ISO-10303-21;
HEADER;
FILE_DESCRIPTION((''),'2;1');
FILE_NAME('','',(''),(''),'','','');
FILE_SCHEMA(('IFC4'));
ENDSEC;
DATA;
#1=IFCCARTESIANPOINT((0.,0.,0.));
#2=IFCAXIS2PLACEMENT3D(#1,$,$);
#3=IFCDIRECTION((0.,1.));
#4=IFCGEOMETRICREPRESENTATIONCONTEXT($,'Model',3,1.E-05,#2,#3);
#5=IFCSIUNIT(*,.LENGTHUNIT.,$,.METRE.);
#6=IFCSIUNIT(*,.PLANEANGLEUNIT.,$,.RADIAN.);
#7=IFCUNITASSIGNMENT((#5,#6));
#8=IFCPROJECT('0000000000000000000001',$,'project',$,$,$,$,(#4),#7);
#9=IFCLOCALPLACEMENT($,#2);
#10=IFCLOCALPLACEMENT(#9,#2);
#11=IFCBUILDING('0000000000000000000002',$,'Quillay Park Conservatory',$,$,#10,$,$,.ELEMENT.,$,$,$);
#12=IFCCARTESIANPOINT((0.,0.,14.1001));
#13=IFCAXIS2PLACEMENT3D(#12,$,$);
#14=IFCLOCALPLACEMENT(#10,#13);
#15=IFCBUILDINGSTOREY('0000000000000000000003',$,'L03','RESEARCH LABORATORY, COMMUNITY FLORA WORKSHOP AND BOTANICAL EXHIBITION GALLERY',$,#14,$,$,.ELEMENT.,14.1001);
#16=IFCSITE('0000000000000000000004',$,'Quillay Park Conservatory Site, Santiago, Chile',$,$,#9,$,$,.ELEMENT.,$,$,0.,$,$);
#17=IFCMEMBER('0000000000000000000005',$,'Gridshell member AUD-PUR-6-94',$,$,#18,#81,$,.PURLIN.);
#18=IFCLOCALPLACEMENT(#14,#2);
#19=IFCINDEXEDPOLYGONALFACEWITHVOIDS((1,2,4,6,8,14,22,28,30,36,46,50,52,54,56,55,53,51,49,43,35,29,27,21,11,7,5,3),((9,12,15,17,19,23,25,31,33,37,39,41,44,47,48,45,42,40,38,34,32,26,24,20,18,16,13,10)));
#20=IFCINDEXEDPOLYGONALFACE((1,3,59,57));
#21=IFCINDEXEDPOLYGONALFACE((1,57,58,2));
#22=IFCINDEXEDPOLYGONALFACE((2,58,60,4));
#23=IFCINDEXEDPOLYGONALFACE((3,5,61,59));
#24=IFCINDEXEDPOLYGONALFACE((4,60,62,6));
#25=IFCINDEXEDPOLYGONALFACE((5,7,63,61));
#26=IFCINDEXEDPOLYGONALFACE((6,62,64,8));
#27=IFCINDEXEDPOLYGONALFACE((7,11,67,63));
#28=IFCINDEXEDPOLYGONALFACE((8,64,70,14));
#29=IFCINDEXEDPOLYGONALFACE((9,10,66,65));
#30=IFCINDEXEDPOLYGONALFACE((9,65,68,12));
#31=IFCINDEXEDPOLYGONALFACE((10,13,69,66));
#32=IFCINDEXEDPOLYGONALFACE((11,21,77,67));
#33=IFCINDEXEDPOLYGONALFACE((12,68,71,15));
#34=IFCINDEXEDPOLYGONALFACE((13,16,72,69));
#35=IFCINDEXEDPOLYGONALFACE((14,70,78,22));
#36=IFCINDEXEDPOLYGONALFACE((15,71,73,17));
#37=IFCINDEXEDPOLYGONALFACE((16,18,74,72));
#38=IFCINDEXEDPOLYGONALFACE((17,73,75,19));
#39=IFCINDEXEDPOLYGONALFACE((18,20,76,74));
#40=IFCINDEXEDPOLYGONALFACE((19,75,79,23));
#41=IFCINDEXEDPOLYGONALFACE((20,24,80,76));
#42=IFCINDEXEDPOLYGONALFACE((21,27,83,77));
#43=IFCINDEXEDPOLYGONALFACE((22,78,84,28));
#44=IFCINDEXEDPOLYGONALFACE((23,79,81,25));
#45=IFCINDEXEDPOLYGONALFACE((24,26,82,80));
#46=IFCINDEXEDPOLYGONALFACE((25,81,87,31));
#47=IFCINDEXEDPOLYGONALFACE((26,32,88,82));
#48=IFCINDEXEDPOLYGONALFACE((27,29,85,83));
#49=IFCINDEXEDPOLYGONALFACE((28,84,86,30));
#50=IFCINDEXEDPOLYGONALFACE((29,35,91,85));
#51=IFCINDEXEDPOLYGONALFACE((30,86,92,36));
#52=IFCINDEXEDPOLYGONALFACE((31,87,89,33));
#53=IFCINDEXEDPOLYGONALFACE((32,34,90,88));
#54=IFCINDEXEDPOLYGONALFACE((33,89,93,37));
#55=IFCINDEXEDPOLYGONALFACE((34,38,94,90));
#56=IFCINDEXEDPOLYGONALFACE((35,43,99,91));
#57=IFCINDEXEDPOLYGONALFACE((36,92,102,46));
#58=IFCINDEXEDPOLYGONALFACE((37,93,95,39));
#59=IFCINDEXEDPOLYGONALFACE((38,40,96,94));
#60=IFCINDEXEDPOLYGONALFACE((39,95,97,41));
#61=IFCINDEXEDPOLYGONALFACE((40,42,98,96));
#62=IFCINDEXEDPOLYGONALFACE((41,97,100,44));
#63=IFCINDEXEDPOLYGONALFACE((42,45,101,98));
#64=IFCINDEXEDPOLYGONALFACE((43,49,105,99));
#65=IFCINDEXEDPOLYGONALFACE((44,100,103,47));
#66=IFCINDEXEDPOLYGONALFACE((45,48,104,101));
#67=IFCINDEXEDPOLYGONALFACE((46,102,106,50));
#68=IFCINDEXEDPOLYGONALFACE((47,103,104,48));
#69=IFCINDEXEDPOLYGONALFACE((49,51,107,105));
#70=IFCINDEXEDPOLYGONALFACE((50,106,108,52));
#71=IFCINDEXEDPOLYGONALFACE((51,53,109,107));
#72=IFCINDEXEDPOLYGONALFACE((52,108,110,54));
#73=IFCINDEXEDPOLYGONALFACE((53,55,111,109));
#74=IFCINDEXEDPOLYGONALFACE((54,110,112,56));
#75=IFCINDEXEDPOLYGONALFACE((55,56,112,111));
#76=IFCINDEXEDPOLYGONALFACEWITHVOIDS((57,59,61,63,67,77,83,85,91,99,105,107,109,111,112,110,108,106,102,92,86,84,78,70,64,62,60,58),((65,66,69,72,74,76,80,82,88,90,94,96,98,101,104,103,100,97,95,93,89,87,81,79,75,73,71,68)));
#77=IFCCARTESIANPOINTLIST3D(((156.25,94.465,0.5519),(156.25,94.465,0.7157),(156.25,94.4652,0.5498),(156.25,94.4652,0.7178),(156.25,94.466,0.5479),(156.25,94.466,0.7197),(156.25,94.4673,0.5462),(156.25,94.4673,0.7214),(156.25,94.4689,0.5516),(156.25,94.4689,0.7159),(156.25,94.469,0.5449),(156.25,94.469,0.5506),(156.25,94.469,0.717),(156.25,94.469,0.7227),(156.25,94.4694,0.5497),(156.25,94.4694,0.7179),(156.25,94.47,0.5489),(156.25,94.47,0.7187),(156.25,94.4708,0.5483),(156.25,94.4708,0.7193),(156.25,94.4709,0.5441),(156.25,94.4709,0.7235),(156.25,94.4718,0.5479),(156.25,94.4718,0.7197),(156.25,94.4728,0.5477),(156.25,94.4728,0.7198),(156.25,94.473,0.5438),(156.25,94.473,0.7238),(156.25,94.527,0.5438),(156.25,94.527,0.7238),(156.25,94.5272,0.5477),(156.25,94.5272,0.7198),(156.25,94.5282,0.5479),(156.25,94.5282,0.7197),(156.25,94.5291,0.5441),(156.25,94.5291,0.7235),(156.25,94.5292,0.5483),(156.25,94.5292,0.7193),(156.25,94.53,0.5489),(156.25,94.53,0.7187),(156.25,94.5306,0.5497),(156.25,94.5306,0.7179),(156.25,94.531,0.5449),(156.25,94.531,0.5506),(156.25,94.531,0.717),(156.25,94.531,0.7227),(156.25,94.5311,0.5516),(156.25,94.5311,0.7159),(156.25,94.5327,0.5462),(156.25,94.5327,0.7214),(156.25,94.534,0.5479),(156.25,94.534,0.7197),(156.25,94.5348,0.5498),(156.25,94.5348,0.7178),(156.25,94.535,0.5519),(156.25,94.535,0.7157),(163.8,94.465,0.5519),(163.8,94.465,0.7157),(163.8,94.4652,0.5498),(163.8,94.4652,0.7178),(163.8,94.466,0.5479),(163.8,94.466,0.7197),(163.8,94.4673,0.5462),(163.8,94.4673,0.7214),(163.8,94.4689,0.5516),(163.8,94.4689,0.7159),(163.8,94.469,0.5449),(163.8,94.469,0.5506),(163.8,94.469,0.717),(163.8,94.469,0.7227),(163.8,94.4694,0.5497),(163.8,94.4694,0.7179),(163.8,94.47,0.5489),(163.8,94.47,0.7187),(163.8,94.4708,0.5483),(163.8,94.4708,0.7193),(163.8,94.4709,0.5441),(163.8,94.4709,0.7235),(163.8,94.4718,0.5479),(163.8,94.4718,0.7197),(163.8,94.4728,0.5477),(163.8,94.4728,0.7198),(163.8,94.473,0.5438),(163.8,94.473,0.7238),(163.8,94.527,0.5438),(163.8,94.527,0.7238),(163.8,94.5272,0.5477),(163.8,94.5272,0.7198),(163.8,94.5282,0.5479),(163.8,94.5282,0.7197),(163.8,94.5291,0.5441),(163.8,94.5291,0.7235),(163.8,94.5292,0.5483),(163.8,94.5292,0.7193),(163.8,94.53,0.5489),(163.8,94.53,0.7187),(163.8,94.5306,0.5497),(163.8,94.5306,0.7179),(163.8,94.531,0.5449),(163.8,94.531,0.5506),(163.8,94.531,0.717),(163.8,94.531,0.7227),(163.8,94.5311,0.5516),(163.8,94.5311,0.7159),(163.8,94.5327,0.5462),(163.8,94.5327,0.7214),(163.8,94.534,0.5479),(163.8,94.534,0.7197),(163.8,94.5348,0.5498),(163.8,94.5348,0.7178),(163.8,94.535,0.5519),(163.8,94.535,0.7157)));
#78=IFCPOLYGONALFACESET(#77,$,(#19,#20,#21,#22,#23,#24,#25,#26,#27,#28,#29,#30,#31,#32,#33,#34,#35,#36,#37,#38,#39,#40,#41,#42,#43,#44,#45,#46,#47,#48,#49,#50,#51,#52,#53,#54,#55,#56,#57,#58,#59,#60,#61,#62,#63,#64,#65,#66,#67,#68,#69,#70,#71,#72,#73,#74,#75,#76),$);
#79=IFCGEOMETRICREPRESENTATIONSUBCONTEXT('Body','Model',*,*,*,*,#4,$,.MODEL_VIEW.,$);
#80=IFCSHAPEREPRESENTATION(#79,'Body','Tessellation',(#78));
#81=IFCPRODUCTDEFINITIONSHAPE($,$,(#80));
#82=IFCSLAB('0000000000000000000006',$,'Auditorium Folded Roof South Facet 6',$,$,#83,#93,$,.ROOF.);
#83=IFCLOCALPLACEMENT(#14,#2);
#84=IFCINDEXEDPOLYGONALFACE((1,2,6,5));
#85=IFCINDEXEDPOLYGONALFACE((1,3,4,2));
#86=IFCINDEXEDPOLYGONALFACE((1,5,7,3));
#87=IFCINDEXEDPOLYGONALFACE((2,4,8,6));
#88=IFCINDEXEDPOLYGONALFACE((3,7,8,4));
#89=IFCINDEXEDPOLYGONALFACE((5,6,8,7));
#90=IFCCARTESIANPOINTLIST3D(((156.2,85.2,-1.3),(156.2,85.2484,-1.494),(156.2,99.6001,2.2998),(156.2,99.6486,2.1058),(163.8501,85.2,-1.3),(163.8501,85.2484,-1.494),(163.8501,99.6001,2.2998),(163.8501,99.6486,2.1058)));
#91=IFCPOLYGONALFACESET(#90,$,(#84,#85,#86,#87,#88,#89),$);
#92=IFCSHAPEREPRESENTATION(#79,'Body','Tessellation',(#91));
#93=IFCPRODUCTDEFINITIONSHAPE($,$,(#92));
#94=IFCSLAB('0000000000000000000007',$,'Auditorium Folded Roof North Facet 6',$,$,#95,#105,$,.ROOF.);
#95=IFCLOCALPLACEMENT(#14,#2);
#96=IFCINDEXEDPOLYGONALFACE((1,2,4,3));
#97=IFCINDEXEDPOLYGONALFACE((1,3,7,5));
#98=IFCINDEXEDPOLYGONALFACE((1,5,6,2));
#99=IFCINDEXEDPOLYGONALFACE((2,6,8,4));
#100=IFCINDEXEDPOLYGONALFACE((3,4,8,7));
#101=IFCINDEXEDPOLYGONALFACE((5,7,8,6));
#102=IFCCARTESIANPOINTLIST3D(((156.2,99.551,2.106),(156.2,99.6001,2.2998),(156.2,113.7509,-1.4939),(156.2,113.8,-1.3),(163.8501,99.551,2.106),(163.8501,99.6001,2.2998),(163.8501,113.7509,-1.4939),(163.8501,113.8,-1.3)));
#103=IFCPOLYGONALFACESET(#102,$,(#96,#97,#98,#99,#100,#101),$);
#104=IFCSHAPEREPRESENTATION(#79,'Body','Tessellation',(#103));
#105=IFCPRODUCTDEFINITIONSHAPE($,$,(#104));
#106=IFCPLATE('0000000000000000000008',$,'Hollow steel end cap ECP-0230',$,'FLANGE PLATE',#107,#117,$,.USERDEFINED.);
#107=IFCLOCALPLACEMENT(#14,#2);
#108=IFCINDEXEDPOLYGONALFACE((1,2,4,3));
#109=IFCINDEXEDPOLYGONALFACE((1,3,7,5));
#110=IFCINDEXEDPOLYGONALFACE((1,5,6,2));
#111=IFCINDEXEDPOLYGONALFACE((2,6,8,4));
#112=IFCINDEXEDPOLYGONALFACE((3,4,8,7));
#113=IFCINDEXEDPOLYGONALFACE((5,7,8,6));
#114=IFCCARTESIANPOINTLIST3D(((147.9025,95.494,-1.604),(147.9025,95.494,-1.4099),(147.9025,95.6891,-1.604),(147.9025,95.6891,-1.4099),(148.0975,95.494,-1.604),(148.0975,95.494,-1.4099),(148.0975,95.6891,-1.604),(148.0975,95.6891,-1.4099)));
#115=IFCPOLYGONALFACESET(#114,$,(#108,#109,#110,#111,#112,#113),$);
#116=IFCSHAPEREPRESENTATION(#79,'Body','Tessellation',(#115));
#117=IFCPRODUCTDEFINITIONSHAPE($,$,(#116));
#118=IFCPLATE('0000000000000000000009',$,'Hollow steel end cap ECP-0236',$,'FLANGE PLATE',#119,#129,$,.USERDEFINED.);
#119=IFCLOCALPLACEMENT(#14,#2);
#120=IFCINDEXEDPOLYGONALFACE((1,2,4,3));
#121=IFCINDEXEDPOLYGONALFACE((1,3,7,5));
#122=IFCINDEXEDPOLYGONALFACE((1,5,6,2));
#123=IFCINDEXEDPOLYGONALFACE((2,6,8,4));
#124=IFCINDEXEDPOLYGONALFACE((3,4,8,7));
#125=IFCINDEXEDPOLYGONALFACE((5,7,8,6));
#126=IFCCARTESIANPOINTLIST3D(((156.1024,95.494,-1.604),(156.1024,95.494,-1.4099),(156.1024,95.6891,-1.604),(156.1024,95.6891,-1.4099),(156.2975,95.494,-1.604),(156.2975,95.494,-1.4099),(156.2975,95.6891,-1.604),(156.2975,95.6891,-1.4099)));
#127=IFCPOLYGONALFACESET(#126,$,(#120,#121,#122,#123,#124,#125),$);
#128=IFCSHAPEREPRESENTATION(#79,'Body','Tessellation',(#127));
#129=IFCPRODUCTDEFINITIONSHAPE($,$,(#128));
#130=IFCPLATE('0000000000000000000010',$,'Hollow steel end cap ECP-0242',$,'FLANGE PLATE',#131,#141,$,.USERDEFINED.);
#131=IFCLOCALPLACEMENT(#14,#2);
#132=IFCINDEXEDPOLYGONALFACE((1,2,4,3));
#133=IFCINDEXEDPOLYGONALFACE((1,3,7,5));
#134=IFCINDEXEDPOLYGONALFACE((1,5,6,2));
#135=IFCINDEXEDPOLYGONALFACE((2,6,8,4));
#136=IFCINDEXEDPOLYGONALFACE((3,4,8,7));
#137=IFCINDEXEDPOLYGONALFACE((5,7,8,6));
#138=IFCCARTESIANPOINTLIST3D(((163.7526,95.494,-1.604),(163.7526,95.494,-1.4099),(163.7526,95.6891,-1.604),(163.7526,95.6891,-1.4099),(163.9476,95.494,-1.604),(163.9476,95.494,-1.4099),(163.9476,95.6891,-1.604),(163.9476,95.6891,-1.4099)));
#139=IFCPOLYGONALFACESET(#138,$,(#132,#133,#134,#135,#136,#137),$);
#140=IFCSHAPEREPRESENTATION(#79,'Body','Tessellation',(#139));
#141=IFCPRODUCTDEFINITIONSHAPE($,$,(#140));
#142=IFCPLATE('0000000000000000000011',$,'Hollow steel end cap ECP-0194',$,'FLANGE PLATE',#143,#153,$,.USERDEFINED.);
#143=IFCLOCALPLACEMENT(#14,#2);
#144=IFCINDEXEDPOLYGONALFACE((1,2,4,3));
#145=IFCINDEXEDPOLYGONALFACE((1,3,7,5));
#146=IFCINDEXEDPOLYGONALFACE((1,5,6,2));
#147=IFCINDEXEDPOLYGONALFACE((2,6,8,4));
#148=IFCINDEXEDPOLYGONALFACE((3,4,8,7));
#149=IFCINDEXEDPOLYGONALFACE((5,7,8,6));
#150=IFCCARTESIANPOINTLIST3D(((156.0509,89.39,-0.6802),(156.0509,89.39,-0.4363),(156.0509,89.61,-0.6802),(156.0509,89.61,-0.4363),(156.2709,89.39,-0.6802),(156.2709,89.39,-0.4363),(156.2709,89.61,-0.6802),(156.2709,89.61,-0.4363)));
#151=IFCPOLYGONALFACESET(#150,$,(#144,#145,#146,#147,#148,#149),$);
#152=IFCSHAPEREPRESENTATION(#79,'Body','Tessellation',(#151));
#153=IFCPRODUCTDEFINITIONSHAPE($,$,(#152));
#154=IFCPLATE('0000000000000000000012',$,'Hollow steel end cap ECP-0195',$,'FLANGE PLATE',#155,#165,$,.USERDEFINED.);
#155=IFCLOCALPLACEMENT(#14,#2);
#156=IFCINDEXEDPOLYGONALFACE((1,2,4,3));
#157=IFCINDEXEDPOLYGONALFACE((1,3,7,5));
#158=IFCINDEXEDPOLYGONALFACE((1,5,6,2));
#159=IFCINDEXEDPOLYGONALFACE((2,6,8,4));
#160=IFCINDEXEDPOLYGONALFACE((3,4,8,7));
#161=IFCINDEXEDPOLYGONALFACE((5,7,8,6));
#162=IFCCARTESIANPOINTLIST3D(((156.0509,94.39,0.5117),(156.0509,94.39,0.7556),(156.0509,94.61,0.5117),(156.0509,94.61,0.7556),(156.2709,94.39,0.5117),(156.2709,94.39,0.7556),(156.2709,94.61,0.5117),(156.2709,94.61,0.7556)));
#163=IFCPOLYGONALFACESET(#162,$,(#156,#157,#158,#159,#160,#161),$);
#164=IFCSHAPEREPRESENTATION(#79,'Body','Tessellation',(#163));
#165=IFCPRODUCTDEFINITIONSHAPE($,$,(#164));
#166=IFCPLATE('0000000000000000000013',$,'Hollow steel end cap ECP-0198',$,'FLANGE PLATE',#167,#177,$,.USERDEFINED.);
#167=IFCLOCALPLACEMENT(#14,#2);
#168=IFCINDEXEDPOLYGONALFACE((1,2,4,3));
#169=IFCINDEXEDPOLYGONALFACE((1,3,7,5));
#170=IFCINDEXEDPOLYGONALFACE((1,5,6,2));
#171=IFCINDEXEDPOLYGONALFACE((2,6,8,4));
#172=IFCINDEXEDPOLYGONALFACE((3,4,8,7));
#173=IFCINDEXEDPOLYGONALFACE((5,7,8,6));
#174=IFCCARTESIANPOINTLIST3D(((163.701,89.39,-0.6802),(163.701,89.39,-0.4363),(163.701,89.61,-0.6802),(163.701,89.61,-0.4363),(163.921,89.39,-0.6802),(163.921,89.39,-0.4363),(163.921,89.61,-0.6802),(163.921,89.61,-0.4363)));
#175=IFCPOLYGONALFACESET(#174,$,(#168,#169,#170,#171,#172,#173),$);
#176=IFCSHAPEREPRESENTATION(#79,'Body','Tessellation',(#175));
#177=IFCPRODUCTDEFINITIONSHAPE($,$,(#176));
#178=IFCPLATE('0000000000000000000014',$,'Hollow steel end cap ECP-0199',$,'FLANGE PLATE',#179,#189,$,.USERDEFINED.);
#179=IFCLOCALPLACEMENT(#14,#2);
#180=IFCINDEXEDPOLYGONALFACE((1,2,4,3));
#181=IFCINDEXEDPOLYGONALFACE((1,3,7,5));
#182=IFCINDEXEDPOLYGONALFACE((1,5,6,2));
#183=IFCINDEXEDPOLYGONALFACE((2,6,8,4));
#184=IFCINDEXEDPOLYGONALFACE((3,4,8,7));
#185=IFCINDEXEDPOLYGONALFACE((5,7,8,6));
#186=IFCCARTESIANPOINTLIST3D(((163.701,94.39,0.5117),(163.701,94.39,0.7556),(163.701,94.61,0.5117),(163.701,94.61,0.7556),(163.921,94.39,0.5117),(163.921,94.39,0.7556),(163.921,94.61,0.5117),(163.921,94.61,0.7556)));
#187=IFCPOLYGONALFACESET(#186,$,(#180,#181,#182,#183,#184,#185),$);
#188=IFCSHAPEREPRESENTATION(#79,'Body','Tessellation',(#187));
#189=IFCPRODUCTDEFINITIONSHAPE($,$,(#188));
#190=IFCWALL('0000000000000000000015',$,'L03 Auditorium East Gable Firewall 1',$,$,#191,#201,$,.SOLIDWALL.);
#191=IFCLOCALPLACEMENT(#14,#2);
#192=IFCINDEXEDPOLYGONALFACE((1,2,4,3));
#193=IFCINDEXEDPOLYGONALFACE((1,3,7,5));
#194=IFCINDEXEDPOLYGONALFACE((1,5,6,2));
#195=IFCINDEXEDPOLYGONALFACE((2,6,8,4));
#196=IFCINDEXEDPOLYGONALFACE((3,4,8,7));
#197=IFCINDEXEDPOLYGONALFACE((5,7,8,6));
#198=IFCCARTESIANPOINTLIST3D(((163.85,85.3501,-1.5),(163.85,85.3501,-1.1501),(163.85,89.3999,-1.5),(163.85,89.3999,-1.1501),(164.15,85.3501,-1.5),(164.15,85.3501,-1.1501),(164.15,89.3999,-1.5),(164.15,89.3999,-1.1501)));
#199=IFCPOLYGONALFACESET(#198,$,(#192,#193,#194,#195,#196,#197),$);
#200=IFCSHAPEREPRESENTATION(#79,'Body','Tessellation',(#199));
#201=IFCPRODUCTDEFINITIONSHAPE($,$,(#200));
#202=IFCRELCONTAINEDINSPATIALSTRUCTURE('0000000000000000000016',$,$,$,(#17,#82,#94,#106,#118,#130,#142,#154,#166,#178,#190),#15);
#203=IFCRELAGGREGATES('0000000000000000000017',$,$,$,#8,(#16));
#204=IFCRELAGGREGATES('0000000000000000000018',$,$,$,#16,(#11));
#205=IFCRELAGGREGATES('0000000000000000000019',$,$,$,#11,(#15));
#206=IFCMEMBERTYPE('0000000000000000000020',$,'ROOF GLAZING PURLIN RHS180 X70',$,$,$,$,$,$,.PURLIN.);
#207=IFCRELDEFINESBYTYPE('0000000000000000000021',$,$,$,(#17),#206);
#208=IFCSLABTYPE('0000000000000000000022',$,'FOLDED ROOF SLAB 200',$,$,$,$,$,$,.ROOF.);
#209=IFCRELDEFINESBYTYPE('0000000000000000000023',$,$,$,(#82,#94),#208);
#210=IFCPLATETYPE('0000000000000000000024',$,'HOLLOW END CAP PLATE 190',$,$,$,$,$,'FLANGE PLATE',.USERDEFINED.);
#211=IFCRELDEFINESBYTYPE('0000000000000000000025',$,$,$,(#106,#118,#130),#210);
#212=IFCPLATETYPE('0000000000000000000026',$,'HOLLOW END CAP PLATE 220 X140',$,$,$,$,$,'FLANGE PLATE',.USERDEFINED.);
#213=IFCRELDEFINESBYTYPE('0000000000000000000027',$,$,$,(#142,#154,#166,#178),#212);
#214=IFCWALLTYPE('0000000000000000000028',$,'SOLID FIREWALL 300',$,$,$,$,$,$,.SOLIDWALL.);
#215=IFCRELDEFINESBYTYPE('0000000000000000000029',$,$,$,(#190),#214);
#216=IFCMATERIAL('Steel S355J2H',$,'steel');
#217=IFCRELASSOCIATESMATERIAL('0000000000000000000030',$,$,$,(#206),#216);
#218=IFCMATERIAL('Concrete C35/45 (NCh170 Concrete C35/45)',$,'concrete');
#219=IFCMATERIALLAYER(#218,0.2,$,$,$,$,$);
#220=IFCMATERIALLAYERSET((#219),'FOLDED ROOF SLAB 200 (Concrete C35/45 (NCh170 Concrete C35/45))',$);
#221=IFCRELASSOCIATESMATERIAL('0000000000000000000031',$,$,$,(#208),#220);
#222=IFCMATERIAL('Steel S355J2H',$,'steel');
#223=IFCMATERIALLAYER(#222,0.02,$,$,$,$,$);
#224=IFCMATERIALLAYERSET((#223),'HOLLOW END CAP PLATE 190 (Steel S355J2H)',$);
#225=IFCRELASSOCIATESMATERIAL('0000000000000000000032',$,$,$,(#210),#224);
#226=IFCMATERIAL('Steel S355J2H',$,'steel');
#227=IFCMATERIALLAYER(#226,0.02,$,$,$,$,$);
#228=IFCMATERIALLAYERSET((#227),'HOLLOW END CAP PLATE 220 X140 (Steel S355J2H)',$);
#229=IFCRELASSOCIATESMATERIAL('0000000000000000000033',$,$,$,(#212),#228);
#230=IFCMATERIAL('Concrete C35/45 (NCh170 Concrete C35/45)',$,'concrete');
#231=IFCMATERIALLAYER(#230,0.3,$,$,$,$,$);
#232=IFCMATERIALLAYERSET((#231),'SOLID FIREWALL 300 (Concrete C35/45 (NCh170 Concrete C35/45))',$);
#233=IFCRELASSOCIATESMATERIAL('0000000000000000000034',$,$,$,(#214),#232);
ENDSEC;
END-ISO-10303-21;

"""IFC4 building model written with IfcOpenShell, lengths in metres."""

from ifc_helpers import new_model, si_unit, direction, frame, frame_2d, origin, origin_2d, place, context, subcontext, project, spatial, polyline, rectangle, hollow_rectangle, outline, extrude, material, layer, layer_set, material_profile, profile_set, type_object, element, save


model = new_model("IFC4")

# Units and contexts
model_context = context("Model", 3, precision=1e-05, world=origin(), true_north=direction((0.0, 1.0)))
body_context = subcontext(model_context, "Body", "Model", "MODEL_VIEW")
ifc_project = project(units=[si_unit("LENGTHUNIT", "METRE"), si_unit("PLANEANGLEUNIT", "RADIAN")], contexts=[model_context])

# Site, building, storey
site_placement = place(None, origin())
site = spatial("IfcSite", under=ifc_project, at=site_placement, Name="Quillay Park Conservatory Site, Santiago, Chile", CompositionType="ELEMENT", RefElevation=0.0)
building_placement = place(site_placement, origin())
building = spatial("IfcBuilding", under=site, at=building_placement, Name="Quillay Park Conservatory", CompositionType="ELEMENT")
storey_placement = place(building_placement, frame((0.0, 0.0, 14.1001)))
storey = spatial("IfcBuildingStorey", under=building, at=storey_placement, Name="L03", Description="RESEARCH LABORATORY, COMMUNITY FLORA WORKSHOP AND BOTANICAL EXHIBITION GALLERY", CompositionType="ELEMENT", Elevation=14.1001)

# Member
ifc_material_1 = material(Name="Steel S355J2H", Category="steel")
ifc_material_profile_1 = material_profile(ifc_material_1, hollow_rectangle(XDim=0.0701, YDim=0.1799, WallThickness=0.0039, InnerFilletRadius=0.0039, OuterFilletRadius=0.0081, at=origin_2d()), Name="RHS180x70x4")
ifc_profile_set_1 = profile_set([ifc_material_profile_1], Name="Steel S355J2H")
member_type_1 = type_object("IfcMemberType", Name="ROOF GLAZING PURLIN RHS180 X70", PredefinedType="PURLIN", material=ifc_profile_set_1)
for number, where, z_axis, x_axis, name in (
    (1, (156.25, 94.5, 0.6338), (1.0, 0.0, 0.0), (0.0, 1.0, 0.0), "Gridshell member AUD-PUR-6-94"),
):
    element("IfcMember", number, at=place(storey_placement, frame(where, z_axis=z_axis, x_axis=x_axis)), inside=storey, type_object=member_type_1, Name=name, PredefinedType="PURLIN", context=body_context, shape_type="SweptSolid", body=[
        extrude(hollow_rectangle(XDim=0.0701, YDim=0.1799, WallThickness=0.0039, InnerFilletRadius=0.0039, OuterFilletRadius=0.0081, at=origin_2d()), origin(), (0.0, 0.0, 1.0), 7.55),
    ])

# Slabs
ifc_material_2 = material(Name="Concrete C35/45 (NCh170 Concrete C35/45)", Category="concrete")
ifc_layer_1 = layer(ifc_material_2, 0.2)
ifc_layer_set_1 = layer_set([ifc_layer_1], Name="FOLDED ROOF SLAB 200 (Concrete C35/45 (NCh170 Concrete C35/45))")
slab_type = type_object("IfcSlabType", Name="FOLDED ROOF SLAB 200", PredefinedType="ROOF", material=ifc_layer_set_1)
slab_1_placement = place(storey_placement, frame((156.2, 85.2, -1.3), z_axis=(0.0, -0.242524, 0.970145), x_axis=(1.0, 0.0, 0.0)))
element("IfcSlab", 2, at=slab_1_placement, inside=storey, type_object=slab_type, Name="Auditorium Folded Roof South Facet 6", PredefinedType="ROOF", context=body_context, shape_type="SweptSolid", body=[
    extrude(outline(polyline([(0.0, 0.0), (7.6501, 0.0), (7.6501, 14.8433), (0.0, 14.8433), (0.0, 0.0)])), origin(), (0.0, 0.0, -1.0), 0.2),
])
slab_2_placement = place(storey_placement, frame((156.2, 99.6001, 2.2998), z_axis=(0.0, 0.245738, 0.969336), x_axis=(1.0, 0.0, 0.0)))
element("IfcSlab", 3, at=slab_2_placement, inside=storey, type_object=slab_type, Name="Auditorium Folded Roof North Facet 6", PredefinedType="ROOF", context=body_context, shape_type="SweptSolid", body=[
    extrude(outline(polyline([(0.0, 0.0), (7.6501, 0.0), (7.6501, 14.6491), (0.0, 14.6491), (0.0, 0.0)])), origin(), (0.0, 0.0, -1.0), 0.2),
])

# Plates
ifc_material_3 = material(Name="Steel S355J2H", Category="steel")
ifc_layer_2 = layer(ifc_material_3, 0.02)
ifc_layer_set_2 = layer_set([ifc_layer_2], Name="HOLLOW END CAP PLATE 190 (Steel S355J2H)")
plate_type_1 = type_object("IfcPlateType", Name="HOLLOW END CAP PLATE 190", ElementType="FLANGE PLATE", PredefinedType="USERDEFINED", material=ifc_layer_set_2)
for number, where, z_axis, x_axis, name in (
    (4, (148.0, 95.5916, -1.604), (0.0, 0.0, 1.0), (1.0, 0.0, 0.0), "Hollow steel end cap ECP-0230"),
    (5, (156.2, 95.5916, -1.604), (0.0, 0.0, 1.0), (1.0, 0.0, 0.0), "Hollow steel end cap ECP-0236"),
    (6, (163.8501, 95.5916, -1.604), (0.0, 0.0, 1.0), (1.0, 0.0, 0.0), "Hollow steel end cap ECP-0242"),
):
    element("IfcPlate", number, at=place(storey_placement, frame(where, z_axis=z_axis, x_axis=x_axis)), inside=storey, type_object=plate_type_1, Name=name, ObjectType="FLANGE PLATE", PredefinedType="USERDEFINED", context=body_context, shape_type="SweptSolid", body=[
        extrude(rectangle(XDim=0.1951, YDim=0.1951, at=origin_2d()), origin(), (0.0, 0.0, 1.0), 0.1941),
    ])
ifc_material_4 = material(Name="Steel S355J2H", Category="steel")
ifc_layer_3 = layer(ifc_material_4, 0.02)
ifc_layer_set_3 = layer_set([ifc_layer_3], Name="HOLLOW END CAP PLATE 220 X140 (Steel S355J2H)")
plate_type_2 = type_object("IfcPlateType", Name="HOLLOW END CAP PLATE 220 X140", ElementType="FLANGE PLATE", PredefinedType="USERDEFINED", material=ifc_layer_set_3)
for number, where, z_axis, x_axis, name in (
    (7, (156.1609, 89.5, -0.6802), (0.0, 0.0, 1.0), (1.0, 0.0, 0.0), "Hollow steel end cap ECP-0194"),
    (8, (156.1609, 94.5, 0.5117), (0.0, 0.0, 1.0), (1.0, 0.0, 0.0), "Hollow steel end cap ECP-0195"),
    (9, (163.811, 89.5, -0.6802), (0.0, 0.0, 1.0), (1.0, 0.0, 0.0), "Hollow steel end cap ECP-0198"),
    (10, (163.811, 94.5, 0.5117), (0.0, 0.0, 1.0), (1.0, 0.0, 0.0), "Hollow steel end cap ECP-0199"),
):
    element("IfcPlate", number, at=place(storey_placement, frame(where, z_axis=z_axis, x_axis=x_axis)), inside=storey, type_object=plate_type_2, Name=name, ObjectType="FLANGE PLATE", PredefinedType="USERDEFINED", context=body_context, shape_type="SweptSolid", body=[
        extrude(rectangle(XDim=0.22, YDim=0.22, at=origin_2d()), origin(), (0.0, 0.0, 1.0), 0.2439),
    ])

# Wall
ifc_material_5 = material(Name="Concrete C35/45 (NCh170 Concrete C35/45)", Category="concrete")
ifc_layer_4 = layer(ifc_material_5, 0.3)
ifc_layer_set_4 = layer_set([ifc_layer_4], Name="SOLID FIREWALL 300 (Concrete C35/45 (NCh170 Concrete C35/45))")
wall_type = type_object("IfcWallType", Name="SOLID FIREWALL 300", PredefinedType="SOLIDWALL", material=ifc_layer_set_4)
wall_1_placement = place(storey_placement, frame((164.0, 89.3999, -1.5), z_axis=(0.0, 0.0, 1.0), x_axis=(0.0, -1.0, 0.0)))
element("IfcWall", 11, at=wall_1_placement, inside=storey, type_object=wall_type, Name="L03 Auditorium East Gable Firewall 1", PredefinedType="SOLIDWALL", context=body_context, shape_type="SweptSolid", body=[
    extrude(rectangle(XDim=4.0498, YDim=0.3, at=frame_2d((2.0249, 0.0))), origin(), (0.0, 0.0, 1.0), 0.3499),
])

save(model, "model.ifc")
